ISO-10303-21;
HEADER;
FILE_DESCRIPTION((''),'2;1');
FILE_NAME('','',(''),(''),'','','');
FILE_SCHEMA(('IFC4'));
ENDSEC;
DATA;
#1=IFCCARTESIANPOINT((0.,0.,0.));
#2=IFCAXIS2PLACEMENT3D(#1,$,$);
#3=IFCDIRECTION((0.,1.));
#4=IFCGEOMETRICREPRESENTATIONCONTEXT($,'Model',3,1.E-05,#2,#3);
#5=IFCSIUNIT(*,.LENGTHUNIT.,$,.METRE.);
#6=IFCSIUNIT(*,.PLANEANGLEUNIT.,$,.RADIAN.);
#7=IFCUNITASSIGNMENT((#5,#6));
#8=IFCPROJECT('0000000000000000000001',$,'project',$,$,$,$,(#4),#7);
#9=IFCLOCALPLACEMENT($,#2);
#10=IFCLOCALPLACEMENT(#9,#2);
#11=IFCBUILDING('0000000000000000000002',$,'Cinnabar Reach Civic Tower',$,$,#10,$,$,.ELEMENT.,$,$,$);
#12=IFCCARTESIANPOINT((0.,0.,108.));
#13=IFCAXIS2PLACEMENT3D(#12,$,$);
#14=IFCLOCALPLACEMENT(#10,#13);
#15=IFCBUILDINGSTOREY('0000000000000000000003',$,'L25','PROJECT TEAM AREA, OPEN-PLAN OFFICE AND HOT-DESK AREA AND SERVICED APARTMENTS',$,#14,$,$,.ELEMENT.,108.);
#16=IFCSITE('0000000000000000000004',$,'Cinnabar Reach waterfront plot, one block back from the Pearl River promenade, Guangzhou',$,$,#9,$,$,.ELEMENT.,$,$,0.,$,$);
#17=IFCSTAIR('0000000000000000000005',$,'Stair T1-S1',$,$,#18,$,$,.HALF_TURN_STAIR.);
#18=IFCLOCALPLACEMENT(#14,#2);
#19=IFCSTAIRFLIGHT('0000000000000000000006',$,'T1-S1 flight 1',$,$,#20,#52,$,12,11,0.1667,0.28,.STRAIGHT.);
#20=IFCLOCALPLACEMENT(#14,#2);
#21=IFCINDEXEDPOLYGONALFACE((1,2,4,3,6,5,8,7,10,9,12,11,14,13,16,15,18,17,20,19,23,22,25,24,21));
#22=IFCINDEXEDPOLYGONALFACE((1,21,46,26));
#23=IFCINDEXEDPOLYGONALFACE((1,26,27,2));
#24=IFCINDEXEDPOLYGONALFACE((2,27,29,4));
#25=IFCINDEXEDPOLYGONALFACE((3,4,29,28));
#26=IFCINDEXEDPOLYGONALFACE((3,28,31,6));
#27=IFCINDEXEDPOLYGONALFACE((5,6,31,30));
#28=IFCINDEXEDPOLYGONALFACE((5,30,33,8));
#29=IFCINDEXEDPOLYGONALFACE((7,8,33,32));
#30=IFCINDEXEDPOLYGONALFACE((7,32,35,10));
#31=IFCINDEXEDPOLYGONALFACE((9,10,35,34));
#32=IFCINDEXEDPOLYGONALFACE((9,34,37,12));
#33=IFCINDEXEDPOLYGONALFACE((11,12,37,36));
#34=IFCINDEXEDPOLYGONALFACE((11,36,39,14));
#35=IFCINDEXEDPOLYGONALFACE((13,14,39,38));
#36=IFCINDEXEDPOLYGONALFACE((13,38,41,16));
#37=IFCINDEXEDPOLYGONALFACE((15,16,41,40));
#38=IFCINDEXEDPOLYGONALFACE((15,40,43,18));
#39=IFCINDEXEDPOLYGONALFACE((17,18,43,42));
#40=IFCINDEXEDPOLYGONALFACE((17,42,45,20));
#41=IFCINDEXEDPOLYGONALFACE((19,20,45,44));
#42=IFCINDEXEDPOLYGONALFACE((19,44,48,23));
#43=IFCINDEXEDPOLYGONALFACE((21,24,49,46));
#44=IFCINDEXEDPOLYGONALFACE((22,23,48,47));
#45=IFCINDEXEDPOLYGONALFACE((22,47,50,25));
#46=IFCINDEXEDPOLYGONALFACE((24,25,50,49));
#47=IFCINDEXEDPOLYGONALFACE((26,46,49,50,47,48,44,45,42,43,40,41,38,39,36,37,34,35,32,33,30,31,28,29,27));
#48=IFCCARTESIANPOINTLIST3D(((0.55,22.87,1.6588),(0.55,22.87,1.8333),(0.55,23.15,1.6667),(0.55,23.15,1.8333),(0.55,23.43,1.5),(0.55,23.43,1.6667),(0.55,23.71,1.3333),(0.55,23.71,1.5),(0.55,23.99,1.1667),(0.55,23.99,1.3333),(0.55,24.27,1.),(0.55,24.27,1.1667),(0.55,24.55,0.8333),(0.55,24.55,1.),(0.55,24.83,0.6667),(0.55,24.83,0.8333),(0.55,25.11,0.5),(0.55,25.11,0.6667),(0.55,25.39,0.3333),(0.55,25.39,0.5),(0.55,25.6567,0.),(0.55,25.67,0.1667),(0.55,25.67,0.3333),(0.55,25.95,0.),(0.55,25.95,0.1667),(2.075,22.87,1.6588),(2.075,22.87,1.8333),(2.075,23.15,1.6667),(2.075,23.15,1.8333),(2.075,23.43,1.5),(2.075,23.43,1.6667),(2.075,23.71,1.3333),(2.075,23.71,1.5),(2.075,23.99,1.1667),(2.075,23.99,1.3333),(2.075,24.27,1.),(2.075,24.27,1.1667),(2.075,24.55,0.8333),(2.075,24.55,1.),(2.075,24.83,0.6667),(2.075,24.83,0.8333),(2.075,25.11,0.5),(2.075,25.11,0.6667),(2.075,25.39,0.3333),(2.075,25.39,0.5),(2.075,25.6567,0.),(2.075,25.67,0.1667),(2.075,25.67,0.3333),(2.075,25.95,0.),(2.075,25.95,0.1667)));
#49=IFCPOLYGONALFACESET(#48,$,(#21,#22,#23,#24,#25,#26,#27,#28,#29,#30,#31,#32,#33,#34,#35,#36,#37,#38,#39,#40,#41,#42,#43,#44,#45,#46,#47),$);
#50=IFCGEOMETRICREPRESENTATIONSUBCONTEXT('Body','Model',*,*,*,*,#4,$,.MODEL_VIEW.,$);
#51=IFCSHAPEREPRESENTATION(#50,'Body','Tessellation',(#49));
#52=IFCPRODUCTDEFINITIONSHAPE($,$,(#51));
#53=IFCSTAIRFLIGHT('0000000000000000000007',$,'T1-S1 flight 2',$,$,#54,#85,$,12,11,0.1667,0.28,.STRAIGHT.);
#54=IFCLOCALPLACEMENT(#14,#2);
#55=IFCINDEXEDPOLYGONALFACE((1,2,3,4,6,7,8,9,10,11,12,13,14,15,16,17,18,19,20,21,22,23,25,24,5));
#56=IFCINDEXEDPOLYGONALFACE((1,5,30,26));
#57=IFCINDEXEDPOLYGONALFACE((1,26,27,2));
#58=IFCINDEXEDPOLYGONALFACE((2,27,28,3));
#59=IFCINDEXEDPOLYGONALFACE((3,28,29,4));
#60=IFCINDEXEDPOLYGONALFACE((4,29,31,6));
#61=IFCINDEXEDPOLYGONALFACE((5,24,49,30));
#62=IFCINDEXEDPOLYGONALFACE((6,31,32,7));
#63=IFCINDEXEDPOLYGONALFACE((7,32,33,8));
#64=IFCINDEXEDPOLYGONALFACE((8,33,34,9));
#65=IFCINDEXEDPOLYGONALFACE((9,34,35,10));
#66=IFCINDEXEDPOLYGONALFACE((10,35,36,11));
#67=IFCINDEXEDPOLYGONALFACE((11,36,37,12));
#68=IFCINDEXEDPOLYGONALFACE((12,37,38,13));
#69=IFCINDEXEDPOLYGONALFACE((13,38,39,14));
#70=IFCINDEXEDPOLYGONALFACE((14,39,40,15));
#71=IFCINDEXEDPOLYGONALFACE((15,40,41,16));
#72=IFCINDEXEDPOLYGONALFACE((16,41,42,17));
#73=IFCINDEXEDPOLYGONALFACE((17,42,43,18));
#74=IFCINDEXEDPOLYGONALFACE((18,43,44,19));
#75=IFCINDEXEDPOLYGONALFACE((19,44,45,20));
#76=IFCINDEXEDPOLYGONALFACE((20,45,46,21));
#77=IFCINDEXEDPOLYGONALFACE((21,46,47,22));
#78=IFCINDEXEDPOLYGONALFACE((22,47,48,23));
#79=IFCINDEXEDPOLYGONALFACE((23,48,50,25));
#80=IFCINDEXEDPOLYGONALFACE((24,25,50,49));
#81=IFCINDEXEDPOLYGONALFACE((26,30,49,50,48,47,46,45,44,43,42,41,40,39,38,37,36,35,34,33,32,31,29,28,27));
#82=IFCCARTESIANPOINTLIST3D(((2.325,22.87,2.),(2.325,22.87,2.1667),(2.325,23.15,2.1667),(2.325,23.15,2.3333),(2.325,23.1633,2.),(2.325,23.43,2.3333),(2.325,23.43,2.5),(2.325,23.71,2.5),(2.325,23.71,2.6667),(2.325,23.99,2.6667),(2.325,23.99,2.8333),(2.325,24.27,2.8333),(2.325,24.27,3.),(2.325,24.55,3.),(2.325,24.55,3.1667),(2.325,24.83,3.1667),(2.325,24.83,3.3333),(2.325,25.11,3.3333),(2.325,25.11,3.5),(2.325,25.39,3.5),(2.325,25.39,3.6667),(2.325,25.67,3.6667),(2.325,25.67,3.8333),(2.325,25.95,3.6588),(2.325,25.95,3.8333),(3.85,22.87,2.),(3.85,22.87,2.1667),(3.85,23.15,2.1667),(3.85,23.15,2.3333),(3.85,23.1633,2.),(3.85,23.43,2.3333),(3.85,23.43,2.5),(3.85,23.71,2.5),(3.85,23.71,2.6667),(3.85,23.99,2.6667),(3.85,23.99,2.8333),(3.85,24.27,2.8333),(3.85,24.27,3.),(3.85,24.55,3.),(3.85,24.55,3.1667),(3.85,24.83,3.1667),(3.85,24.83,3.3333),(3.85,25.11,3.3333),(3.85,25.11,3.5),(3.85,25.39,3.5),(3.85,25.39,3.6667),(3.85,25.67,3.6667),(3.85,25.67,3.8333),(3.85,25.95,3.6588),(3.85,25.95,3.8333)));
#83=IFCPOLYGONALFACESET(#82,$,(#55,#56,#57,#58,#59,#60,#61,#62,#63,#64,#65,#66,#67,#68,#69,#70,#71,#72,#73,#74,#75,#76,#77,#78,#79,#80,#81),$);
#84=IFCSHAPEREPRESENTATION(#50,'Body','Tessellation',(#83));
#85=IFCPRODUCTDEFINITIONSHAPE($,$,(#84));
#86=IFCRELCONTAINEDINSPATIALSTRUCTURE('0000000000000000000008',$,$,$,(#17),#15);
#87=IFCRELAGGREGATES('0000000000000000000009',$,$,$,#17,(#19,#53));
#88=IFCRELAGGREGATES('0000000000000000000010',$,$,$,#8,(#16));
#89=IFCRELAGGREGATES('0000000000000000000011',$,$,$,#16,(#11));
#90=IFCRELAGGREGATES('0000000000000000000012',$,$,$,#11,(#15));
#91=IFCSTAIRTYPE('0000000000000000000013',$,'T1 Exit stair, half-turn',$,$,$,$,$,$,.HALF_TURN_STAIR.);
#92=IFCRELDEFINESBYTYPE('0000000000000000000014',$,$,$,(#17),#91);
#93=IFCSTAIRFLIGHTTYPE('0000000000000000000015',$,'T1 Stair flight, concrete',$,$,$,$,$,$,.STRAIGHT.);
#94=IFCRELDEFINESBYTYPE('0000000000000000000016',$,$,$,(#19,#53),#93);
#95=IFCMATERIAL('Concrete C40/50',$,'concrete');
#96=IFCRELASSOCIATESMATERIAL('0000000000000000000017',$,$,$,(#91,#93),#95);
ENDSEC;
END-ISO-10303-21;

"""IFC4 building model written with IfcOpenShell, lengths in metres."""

from ifc_helpers import new_model, si_unit, direction, frame, origin, place, context, subcontext, project, spatial, polyline, outline, extrude, material, type_object, element, aggregate, save


model = new_model("IFC4")

# Units and contexts
model_context = context("Model", 3, precision=1e-05, world=origin(), true_north=direction((0.0, 1.0)))
body_context = subcontext(model_context, "Body", "Model", "MODEL_VIEW")
ifc_project = project(units=[si_unit("LENGTHUNIT", "METRE"), si_unit("PLANEANGLEUNIT", "RADIAN")], contexts=[model_context])

# Site, building, storey
site_placement = place(None, origin())
site = spatial("IfcSite", under=ifc_project, at=site_placement, Name="Cinnabar Reach waterfront plot, one block back from the Pearl River promenade, Guangzhou", CompositionType="ELEMENT", RefElevation=0.0)
building_placement = place(site_placement, origin())
building = spatial("IfcBuilding", under=site, at=building_placement, Name="Cinnabar Reach Civic Tower", CompositionType="ELEMENT")
storey_placement = place(building_placement, frame((0.0, 0.0, 108.0)))
storey = spatial("IfcBuildingStorey", under=building, at=storey_placement, Name="L25", Description="PROJECT TEAM AREA, OPEN-PLAN OFFICE AND HOT-DESK AREA AND SERVICED APARTMENTS", CompositionType="ELEMENT", Elevation=108.0)

# Stair, stair flights
ifc_material_1 = material(Name="Concrete C40/50", Category="concrete")
stair_type = type_object("IfcStairType", Name="T1 Exit stair, half-turn", PredefinedType="HALF_TURN_STAIR", material=ifc_material_1)
stair_placement = place(storey_placement, origin())
stair = element("IfcStair", 1, at=stair_placement, inside=storey, type_object=stair_type, Name="Stair T1-S1", PredefinedType="HALF_TURN_STAIR")
stair_flight_type = type_object("IfcStairFlightType", Name="T1 Stair flight, concrete", PredefinedType="STRAIGHT", material=ifc_material_1)
stair_flight_1_placement = place(storey_placement, frame((1.3125, 25.95, 0.0), z_axis=(0.0, 0.0, 1.0), x_axis=(0.0, -1.0, 0.0)))
stair_flight_1 = element("IfcStairFlight", 2, at=stair_flight_1_placement, type_object=stair_flight_type, Name="T1-S1 flight 1", NumberOfRisers=12, NumberOfTreads=11, PredefinedType="STRAIGHT", RiserHeight=0.1667, TreadLength=0.28, context=body_context, shape_type="SweptSolid", body=[
    extrude(outline(polyline([(0.0, 0.0), (0.0, 0.1667), (0.28, 0.1667), (0.28, 0.3333), (0.56, 0.3333), (0.56, 0.5), (0.84, 0.5), (0.84, 0.6667), (1.12, 0.6667), (1.12, 0.8333), (1.4, 0.8333), (1.4, 1.0), (1.68, 1.0), (1.68, 1.1667), (1.96, 1.1667), (1.96, 1.3333), (2.24, 1.3333), (2.24, 1.5), (2.52, 1.5), (2.52, 1.6667), (2.8, 1.6667), (2.8, 1.8333), (3.08, 1.8333), (3.08, 2.0), (3.08, 1.6588), (0.2933, 0.0), (0.0, 0.0)])), frame((0.0, 0.7625, 0.0), z_axis=(0.0, -1.0, 0.0), x_axis=(1.0, 0.0, 0.0)), (0.0, 0.0, 1.0), 1.525),
])
stair_flight_2_placement = place(storey_placement, frame((3.0875, 22.87, 2.0), z_axis=(0.0, 0.0, 1.0), x_axis=(0.0, 1.0, 0.0)))
stair_flight_2 = element("IfcStairFlight", 3, at=stair_flight_2_placement, type_object=stair_flight_type, Name="T1-S1 flight 2", NumberOfRisers=12, NumberOfTreads=11, PredefinedType="STRAIGHT", RiserHeight=0.1667, TreadLength=0.28, context=body_context, shape_type="SweptSolid", body=[
    extrude(outline(polyline([(0.0, 0.0), (0.0, 0.1667), (0.28, 0.1667), (0.28, 0.3333), (0.56, 0.3333), (0.56, 0.5), (0.84, 0.5), (0.84, 0.6667), (1.12, 0.6667), (1.12, 0.8333), (1.4, 0.8333), (1.4, 1.0), (1.68, 1.0), (1.68, 1.1667), (1.96, 1.1667), (1.96, 1.3333), (2.24, 1.3333), (2.24, 1.5), (2.52, 1.5), (2.52, 1.6667), (2.8, 1.6667), (2.8, 1.8333), (3.08, 1.8333), (3.08, 2.0), (3.08, 1.6588), (0.2933, 0.0), (0.0, 0.0)])), frame((0.0, 0.7625, 0.0), z_axis=(0.0, -1.0, 0.0), x_axis=(1.0, 0.0, 0.0)), (0.0, 0.0, 1.0), 1.525),
])
aggregate(stair, [stair_flight_1, stair_flight_2])

save(model, "model.ifc")
